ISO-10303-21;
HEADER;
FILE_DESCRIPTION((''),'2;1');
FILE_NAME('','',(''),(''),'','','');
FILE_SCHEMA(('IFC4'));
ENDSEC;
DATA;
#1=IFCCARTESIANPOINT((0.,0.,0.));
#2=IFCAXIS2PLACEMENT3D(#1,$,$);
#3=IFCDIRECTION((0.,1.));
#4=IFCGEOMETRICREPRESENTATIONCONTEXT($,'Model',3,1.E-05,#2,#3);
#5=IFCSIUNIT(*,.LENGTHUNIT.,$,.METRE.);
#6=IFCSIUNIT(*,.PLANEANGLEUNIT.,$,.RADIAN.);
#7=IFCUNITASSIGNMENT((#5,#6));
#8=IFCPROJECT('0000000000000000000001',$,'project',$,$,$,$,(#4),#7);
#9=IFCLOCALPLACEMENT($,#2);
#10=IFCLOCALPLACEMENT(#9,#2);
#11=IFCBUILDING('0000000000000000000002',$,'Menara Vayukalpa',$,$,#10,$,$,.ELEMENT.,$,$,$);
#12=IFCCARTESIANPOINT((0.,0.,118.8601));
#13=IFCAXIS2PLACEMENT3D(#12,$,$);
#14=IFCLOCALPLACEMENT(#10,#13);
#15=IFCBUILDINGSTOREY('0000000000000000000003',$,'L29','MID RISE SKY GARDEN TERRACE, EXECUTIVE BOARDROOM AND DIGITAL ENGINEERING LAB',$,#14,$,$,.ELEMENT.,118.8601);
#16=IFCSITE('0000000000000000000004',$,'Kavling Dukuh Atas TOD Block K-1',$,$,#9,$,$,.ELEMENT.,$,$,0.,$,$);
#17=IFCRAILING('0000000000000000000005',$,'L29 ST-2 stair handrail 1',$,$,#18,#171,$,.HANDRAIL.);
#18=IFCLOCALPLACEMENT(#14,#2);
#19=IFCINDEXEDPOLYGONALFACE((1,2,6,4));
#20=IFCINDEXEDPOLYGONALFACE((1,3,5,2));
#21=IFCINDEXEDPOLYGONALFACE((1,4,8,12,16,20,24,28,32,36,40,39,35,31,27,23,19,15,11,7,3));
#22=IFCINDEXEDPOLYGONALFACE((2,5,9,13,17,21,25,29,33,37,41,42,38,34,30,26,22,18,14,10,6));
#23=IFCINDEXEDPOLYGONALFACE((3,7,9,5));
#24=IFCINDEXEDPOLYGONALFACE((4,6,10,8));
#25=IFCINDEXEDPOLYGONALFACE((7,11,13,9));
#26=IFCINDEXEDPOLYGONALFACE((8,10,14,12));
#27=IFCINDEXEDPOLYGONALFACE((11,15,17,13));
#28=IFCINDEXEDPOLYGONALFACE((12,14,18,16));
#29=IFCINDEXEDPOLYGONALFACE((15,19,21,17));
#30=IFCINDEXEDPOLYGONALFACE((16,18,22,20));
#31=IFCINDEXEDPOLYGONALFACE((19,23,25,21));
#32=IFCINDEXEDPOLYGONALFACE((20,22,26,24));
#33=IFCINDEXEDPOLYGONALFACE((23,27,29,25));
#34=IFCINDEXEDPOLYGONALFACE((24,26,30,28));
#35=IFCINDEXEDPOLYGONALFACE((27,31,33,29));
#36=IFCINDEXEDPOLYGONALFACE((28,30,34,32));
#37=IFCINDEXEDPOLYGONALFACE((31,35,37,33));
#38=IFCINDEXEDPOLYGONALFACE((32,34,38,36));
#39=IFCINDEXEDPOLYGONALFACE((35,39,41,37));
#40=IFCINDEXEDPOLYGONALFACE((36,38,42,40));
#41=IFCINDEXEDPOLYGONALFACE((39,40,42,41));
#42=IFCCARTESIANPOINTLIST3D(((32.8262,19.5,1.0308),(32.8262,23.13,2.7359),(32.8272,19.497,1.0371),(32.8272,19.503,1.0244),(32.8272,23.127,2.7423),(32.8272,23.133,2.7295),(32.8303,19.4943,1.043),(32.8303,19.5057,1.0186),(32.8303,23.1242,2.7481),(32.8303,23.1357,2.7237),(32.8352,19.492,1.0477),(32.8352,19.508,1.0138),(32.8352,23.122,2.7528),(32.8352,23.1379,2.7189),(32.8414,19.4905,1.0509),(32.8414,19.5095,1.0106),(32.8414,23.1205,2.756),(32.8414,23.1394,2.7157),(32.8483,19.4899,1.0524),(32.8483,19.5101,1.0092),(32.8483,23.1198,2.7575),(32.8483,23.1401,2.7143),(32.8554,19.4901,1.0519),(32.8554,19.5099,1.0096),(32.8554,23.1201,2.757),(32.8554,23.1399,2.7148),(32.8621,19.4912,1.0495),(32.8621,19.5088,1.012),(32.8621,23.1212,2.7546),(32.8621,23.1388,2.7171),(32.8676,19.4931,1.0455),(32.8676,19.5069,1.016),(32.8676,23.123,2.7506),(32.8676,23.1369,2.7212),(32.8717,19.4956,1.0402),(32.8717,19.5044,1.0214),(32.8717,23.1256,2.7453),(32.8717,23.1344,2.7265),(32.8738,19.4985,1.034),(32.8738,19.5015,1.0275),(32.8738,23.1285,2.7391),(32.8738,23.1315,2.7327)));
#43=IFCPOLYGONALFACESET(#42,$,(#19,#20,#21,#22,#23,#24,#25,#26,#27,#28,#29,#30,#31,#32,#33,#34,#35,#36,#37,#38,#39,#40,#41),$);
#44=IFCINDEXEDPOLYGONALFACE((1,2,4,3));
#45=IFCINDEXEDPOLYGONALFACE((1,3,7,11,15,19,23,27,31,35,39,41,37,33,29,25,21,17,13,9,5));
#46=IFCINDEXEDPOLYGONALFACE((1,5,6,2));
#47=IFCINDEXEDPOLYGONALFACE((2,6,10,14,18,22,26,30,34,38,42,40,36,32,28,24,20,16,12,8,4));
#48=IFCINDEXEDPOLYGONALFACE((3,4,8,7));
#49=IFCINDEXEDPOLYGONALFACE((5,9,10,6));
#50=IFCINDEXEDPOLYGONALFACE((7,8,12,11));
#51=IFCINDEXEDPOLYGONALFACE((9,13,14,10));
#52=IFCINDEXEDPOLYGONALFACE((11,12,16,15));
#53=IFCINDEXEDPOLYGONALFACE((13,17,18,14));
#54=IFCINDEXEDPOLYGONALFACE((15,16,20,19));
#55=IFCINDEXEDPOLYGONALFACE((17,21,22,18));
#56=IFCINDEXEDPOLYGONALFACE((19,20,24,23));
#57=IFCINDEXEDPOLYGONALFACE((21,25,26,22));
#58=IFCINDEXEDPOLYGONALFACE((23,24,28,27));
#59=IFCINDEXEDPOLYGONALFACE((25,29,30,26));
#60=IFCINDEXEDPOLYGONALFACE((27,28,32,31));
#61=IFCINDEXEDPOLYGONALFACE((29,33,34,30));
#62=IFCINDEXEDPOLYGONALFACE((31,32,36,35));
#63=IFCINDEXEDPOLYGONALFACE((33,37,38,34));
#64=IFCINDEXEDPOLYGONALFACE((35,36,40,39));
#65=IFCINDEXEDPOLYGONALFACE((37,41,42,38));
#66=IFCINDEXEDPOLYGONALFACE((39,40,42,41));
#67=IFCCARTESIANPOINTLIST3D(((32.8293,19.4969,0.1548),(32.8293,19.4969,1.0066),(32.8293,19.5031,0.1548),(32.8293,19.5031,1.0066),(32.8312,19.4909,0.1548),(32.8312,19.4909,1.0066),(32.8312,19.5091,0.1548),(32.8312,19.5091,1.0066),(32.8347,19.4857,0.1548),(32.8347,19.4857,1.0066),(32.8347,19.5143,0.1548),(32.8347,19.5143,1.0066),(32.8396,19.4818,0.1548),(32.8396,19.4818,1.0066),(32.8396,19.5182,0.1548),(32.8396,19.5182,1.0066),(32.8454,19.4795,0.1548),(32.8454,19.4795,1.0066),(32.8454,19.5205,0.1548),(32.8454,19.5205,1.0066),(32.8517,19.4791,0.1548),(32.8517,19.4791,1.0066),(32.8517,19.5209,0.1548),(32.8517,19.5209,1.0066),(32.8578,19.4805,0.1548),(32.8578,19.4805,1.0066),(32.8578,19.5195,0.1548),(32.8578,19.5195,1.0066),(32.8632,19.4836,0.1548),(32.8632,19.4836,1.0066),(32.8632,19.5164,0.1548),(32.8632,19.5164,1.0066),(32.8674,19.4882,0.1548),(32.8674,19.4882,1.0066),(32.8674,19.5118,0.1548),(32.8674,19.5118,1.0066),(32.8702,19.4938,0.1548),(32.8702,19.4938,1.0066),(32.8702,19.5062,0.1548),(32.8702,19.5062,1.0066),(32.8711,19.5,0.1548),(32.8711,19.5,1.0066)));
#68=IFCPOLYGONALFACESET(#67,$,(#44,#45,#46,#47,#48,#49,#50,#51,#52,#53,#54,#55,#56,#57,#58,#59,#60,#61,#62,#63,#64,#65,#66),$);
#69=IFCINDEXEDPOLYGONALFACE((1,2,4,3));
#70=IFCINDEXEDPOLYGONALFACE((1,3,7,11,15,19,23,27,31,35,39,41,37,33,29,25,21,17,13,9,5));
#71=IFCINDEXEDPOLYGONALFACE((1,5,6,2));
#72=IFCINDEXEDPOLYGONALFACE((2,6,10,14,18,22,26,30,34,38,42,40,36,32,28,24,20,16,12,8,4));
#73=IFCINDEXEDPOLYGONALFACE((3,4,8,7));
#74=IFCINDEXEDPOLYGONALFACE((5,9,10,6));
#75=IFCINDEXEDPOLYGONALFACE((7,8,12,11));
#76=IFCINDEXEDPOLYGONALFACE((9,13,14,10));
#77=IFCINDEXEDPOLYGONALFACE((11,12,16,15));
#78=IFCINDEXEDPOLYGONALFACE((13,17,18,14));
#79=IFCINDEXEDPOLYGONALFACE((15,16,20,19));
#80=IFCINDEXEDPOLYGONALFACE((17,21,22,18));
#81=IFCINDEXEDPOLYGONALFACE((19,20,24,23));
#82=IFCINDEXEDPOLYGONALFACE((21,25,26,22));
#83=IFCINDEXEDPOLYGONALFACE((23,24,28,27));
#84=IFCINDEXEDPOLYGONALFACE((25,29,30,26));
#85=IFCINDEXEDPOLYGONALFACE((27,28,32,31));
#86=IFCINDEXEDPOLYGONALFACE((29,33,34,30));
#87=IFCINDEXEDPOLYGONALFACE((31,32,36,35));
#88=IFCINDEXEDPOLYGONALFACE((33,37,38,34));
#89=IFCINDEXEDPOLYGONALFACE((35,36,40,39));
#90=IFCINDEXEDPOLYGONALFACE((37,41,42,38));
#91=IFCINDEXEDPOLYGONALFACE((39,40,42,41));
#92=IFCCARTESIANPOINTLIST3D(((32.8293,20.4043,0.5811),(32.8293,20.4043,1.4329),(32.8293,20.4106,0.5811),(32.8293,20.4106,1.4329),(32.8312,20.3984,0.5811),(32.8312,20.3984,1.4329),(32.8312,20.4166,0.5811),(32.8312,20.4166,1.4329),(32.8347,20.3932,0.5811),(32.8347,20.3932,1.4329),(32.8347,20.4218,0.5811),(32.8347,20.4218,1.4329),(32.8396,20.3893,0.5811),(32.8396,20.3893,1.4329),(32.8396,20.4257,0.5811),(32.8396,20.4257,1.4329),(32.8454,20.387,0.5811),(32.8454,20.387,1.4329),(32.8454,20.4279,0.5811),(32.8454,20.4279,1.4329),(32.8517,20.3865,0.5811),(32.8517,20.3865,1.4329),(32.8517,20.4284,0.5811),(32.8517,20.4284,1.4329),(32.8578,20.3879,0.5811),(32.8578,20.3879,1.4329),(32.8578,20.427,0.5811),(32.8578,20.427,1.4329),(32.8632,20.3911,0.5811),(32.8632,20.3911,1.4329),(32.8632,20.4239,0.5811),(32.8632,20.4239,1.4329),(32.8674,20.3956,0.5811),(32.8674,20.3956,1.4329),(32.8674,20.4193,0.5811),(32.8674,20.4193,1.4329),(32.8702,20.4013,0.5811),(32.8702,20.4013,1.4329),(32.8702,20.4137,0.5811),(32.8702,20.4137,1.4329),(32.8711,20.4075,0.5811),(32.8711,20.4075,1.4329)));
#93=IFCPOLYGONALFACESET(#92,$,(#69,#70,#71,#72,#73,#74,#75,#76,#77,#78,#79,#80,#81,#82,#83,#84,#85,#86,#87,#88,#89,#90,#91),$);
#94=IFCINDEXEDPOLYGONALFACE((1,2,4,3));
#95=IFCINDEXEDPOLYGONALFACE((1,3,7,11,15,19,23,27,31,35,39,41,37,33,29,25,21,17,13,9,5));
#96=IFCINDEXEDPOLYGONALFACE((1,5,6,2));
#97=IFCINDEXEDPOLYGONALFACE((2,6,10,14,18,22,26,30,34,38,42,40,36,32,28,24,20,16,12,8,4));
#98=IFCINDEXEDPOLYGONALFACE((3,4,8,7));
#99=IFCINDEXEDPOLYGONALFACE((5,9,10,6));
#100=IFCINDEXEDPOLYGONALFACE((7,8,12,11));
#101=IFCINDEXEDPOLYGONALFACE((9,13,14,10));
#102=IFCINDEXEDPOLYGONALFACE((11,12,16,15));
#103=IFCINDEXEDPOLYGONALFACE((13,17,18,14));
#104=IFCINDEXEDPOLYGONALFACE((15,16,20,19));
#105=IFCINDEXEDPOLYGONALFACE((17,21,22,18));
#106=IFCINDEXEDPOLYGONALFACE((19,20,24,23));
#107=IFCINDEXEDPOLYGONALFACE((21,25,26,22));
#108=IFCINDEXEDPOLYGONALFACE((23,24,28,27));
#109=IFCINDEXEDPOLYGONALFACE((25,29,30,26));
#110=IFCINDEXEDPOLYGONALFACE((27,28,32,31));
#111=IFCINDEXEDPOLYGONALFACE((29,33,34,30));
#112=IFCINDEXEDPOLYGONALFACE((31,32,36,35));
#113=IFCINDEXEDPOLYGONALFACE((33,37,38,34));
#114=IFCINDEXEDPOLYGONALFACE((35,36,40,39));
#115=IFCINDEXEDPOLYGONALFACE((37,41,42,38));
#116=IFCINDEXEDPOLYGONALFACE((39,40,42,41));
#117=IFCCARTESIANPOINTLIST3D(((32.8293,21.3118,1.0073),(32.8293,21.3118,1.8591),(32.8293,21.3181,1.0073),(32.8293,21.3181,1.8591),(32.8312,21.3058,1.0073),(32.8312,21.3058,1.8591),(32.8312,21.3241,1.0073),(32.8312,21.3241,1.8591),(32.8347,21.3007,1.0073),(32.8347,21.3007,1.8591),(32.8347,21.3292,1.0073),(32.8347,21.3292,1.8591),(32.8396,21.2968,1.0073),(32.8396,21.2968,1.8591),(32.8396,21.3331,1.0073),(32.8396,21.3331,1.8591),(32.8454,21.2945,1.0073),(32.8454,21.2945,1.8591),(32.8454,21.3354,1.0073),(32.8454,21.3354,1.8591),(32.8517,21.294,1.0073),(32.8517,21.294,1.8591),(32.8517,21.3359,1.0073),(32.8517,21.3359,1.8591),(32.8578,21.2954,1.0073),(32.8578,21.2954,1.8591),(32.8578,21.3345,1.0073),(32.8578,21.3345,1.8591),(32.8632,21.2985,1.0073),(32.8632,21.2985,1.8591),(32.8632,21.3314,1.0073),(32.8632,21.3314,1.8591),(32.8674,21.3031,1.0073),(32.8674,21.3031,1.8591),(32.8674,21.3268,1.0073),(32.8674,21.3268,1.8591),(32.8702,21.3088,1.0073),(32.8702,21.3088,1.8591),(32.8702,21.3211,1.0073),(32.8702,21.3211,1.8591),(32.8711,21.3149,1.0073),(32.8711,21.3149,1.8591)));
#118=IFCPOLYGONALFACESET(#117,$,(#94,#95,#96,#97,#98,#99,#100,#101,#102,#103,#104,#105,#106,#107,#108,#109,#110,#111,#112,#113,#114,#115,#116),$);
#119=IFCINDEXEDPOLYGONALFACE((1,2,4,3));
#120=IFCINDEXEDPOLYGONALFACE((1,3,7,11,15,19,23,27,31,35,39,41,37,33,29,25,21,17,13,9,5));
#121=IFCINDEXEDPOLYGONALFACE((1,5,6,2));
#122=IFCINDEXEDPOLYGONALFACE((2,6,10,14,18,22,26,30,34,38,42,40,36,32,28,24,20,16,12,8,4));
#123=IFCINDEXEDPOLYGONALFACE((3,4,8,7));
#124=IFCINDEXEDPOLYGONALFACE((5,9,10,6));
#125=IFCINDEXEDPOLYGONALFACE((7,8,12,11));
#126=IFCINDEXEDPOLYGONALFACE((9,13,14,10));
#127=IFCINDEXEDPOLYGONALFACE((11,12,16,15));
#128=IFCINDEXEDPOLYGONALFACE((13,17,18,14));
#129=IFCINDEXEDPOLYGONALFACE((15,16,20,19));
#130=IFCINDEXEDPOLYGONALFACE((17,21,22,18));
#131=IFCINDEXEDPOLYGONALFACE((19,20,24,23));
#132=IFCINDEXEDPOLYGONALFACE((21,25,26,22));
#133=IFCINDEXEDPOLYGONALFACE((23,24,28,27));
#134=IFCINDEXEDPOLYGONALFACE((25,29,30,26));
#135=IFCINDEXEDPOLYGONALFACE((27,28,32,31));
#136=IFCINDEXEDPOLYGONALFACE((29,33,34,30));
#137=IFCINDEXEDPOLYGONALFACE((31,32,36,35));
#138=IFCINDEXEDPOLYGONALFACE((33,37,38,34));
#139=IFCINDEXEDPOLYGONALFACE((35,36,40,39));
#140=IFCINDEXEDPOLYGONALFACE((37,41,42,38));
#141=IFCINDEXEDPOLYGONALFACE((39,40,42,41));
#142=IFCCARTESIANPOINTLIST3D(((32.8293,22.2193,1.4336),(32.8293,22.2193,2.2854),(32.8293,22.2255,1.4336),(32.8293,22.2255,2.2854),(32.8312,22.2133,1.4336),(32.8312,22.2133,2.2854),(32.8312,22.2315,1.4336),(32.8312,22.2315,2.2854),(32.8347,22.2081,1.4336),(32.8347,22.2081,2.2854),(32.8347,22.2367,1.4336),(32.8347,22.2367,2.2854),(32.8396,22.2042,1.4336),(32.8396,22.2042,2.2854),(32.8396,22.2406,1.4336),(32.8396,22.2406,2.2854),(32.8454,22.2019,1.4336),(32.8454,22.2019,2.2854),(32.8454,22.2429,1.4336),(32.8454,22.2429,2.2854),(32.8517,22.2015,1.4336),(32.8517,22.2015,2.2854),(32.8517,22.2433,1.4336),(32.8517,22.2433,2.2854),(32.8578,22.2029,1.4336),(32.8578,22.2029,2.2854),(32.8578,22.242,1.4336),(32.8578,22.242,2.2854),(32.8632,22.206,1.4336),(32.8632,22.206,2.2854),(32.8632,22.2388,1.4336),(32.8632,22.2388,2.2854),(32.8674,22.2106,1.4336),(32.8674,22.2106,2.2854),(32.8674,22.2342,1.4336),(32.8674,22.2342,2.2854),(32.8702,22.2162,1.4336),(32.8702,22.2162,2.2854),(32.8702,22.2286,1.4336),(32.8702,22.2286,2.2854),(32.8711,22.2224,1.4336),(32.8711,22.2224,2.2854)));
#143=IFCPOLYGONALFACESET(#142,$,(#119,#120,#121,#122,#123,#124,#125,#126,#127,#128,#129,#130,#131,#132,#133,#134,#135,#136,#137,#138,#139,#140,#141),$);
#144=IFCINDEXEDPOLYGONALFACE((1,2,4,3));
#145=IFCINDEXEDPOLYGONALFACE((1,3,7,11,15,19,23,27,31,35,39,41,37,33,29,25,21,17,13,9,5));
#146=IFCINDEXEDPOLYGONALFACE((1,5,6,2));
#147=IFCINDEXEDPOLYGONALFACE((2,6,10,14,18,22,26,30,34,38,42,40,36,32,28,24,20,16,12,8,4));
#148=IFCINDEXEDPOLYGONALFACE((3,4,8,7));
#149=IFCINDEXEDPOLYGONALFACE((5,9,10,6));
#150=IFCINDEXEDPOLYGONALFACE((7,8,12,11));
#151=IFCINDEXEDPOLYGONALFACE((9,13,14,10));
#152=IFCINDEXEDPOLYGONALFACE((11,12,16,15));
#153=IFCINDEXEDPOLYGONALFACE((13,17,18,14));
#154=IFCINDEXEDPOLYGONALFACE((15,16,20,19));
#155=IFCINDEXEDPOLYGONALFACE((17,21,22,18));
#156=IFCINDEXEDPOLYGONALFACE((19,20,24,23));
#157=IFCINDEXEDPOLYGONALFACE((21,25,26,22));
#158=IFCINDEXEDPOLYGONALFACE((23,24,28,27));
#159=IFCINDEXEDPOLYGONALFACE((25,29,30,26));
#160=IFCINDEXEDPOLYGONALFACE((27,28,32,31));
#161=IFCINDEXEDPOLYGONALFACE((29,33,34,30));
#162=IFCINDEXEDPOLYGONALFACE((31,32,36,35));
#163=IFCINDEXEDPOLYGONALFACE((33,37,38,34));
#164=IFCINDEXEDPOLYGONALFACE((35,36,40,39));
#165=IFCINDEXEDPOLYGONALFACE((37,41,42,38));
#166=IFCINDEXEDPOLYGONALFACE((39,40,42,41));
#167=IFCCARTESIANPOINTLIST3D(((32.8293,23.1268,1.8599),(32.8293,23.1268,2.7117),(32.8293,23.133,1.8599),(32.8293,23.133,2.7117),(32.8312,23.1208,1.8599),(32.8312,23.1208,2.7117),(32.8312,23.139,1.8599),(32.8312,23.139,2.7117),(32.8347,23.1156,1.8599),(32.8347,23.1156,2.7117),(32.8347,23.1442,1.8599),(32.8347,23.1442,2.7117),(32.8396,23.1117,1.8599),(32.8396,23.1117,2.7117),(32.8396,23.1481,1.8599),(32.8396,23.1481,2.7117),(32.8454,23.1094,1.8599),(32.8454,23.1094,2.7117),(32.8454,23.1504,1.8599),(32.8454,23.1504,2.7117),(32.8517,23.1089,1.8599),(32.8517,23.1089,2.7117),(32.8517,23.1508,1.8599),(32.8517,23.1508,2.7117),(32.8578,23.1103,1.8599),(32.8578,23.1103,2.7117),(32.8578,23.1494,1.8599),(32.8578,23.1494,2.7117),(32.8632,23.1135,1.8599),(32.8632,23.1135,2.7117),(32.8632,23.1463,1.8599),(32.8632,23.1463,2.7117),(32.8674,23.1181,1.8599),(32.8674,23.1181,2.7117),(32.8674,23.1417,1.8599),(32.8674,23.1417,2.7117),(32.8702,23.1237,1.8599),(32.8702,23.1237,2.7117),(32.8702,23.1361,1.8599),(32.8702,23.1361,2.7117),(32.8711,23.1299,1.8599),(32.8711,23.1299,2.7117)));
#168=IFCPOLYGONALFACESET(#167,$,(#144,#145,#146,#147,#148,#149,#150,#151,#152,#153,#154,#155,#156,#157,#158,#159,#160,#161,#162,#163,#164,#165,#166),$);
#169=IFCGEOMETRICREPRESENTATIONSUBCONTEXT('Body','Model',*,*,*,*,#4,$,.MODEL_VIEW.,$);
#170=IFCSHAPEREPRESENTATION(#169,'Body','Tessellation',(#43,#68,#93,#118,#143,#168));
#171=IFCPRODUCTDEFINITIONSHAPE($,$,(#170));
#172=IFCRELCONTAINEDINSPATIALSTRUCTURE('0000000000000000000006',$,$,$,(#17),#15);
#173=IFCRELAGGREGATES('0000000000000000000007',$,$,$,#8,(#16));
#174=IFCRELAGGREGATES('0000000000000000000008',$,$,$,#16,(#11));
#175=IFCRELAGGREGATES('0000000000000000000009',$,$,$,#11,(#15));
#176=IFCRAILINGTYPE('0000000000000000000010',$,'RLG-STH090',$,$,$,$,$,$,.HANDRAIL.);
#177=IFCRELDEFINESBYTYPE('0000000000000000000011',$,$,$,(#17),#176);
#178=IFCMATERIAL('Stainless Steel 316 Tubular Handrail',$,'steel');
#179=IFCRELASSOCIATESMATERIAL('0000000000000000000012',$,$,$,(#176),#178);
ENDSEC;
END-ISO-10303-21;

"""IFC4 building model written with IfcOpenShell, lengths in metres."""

from ifc_helpers import new_model, si_unit, direction, frame, origin, origin_2d, place, context, subcontext, project, spatial, circle, extrude, material, type_object, element, save


model = new_model("IFC4")

# Units and contexts
model_context = context("Model", 3, precision=1e-05, world=origin(), true_north=direction((0.0, 1.0)))
body_context = subcontext(model_context, "Body", "Model", "MODEL_VIEW")
ifc_project = project(units=[si_unit("LENGTHUNIT", "METRE"), si_unit("PLANEANGLEUNIT", "RADIAN")], contexts=[model_context])

# Site, building, storey
site_placement = place(None, origin())
site = spatial("IfcSite", under=ifc_project, at=site_placement, Name="Kavling Dukuh Atas TOD Block K-1", CompositionType="ELEMENT", RefElevation=0.0)
building_placement = place(site_placement, origin())
building = spatial("IfcBuilding", under=site, at=building_placement, Name="Menara Vayukalpa", CompositionType="ELEMENT")
storey_placement = place(building_placement, frame((0.0, 0.0, 118.8601)))
storey = spatial("IfcBuildingStorey", under=building, at=storey_placement, Name="L29", Description="MID RISE SKY GARDEN TERRACE, EXECUTIVE BOARDROOM AND DIGITAL ENGINEERING LAB", CompositionType="ELEMENT", Elevation=118.8601)

# Railing
ifc_material_1 = material(Name="Stainless Steel 316 Tubular Handrail", Category="steel")
railing_type_1 = type_object("IfcRailingType", Name="RLG-STH090", PredefinedType="HANDRAIL", material=ifc_material_1)
railing_1_placement = place(storey_placement, frame((32.8501, 19.5, 0.1548)))
element("IfcRailing", 1, at=railing_1_placement, inside=storey, type_object=railing_type_1, Name="L29 ST-2 stair handrail 1", PredefinedType="HANDRAIL", context=body_context, shape_type="SweptSolid", body=[
    extrude(circle(Radius=0.0239, at=origin_2d()), frame((0.0, 0.0, 0.876), z_axis=(0.0, 0.905116, 0.425164), x_axis=(-1.0, 0.0, 0.0)), (0.0, 0.0, 1.0), 4.0105),
    extrude(circle(Radius=0.021, at=origin_2d()), origin(), (0.0, 0.0, 1.0), 0.8518),
    extrude(circle(Radius=0.021, at=origin_2d()), frame((0.0, 0.9075, 0.4263)), (0.0, 0.0, 1.0), 0.8518),
    extrude(circle(Radius=0.021, at=origin_2d()), frame((0.0, 1.8149, 0.8525)), (0.0, 0.0, 1.0), 0.8518),
    extrude(circle(Radius=0.021, at=origin_2d()), frame((0.0, 2.7224, 1.2788)), (0.0, 0.0, 1.0), 0.8518),
    extrude(circle(Radius=0.021, at=origin_2d()), frame((0.0, 3.6299, 1.7051)), (0.0, 0.0, 1.0), 0.8518),
])

save(model, "model.ifc")
